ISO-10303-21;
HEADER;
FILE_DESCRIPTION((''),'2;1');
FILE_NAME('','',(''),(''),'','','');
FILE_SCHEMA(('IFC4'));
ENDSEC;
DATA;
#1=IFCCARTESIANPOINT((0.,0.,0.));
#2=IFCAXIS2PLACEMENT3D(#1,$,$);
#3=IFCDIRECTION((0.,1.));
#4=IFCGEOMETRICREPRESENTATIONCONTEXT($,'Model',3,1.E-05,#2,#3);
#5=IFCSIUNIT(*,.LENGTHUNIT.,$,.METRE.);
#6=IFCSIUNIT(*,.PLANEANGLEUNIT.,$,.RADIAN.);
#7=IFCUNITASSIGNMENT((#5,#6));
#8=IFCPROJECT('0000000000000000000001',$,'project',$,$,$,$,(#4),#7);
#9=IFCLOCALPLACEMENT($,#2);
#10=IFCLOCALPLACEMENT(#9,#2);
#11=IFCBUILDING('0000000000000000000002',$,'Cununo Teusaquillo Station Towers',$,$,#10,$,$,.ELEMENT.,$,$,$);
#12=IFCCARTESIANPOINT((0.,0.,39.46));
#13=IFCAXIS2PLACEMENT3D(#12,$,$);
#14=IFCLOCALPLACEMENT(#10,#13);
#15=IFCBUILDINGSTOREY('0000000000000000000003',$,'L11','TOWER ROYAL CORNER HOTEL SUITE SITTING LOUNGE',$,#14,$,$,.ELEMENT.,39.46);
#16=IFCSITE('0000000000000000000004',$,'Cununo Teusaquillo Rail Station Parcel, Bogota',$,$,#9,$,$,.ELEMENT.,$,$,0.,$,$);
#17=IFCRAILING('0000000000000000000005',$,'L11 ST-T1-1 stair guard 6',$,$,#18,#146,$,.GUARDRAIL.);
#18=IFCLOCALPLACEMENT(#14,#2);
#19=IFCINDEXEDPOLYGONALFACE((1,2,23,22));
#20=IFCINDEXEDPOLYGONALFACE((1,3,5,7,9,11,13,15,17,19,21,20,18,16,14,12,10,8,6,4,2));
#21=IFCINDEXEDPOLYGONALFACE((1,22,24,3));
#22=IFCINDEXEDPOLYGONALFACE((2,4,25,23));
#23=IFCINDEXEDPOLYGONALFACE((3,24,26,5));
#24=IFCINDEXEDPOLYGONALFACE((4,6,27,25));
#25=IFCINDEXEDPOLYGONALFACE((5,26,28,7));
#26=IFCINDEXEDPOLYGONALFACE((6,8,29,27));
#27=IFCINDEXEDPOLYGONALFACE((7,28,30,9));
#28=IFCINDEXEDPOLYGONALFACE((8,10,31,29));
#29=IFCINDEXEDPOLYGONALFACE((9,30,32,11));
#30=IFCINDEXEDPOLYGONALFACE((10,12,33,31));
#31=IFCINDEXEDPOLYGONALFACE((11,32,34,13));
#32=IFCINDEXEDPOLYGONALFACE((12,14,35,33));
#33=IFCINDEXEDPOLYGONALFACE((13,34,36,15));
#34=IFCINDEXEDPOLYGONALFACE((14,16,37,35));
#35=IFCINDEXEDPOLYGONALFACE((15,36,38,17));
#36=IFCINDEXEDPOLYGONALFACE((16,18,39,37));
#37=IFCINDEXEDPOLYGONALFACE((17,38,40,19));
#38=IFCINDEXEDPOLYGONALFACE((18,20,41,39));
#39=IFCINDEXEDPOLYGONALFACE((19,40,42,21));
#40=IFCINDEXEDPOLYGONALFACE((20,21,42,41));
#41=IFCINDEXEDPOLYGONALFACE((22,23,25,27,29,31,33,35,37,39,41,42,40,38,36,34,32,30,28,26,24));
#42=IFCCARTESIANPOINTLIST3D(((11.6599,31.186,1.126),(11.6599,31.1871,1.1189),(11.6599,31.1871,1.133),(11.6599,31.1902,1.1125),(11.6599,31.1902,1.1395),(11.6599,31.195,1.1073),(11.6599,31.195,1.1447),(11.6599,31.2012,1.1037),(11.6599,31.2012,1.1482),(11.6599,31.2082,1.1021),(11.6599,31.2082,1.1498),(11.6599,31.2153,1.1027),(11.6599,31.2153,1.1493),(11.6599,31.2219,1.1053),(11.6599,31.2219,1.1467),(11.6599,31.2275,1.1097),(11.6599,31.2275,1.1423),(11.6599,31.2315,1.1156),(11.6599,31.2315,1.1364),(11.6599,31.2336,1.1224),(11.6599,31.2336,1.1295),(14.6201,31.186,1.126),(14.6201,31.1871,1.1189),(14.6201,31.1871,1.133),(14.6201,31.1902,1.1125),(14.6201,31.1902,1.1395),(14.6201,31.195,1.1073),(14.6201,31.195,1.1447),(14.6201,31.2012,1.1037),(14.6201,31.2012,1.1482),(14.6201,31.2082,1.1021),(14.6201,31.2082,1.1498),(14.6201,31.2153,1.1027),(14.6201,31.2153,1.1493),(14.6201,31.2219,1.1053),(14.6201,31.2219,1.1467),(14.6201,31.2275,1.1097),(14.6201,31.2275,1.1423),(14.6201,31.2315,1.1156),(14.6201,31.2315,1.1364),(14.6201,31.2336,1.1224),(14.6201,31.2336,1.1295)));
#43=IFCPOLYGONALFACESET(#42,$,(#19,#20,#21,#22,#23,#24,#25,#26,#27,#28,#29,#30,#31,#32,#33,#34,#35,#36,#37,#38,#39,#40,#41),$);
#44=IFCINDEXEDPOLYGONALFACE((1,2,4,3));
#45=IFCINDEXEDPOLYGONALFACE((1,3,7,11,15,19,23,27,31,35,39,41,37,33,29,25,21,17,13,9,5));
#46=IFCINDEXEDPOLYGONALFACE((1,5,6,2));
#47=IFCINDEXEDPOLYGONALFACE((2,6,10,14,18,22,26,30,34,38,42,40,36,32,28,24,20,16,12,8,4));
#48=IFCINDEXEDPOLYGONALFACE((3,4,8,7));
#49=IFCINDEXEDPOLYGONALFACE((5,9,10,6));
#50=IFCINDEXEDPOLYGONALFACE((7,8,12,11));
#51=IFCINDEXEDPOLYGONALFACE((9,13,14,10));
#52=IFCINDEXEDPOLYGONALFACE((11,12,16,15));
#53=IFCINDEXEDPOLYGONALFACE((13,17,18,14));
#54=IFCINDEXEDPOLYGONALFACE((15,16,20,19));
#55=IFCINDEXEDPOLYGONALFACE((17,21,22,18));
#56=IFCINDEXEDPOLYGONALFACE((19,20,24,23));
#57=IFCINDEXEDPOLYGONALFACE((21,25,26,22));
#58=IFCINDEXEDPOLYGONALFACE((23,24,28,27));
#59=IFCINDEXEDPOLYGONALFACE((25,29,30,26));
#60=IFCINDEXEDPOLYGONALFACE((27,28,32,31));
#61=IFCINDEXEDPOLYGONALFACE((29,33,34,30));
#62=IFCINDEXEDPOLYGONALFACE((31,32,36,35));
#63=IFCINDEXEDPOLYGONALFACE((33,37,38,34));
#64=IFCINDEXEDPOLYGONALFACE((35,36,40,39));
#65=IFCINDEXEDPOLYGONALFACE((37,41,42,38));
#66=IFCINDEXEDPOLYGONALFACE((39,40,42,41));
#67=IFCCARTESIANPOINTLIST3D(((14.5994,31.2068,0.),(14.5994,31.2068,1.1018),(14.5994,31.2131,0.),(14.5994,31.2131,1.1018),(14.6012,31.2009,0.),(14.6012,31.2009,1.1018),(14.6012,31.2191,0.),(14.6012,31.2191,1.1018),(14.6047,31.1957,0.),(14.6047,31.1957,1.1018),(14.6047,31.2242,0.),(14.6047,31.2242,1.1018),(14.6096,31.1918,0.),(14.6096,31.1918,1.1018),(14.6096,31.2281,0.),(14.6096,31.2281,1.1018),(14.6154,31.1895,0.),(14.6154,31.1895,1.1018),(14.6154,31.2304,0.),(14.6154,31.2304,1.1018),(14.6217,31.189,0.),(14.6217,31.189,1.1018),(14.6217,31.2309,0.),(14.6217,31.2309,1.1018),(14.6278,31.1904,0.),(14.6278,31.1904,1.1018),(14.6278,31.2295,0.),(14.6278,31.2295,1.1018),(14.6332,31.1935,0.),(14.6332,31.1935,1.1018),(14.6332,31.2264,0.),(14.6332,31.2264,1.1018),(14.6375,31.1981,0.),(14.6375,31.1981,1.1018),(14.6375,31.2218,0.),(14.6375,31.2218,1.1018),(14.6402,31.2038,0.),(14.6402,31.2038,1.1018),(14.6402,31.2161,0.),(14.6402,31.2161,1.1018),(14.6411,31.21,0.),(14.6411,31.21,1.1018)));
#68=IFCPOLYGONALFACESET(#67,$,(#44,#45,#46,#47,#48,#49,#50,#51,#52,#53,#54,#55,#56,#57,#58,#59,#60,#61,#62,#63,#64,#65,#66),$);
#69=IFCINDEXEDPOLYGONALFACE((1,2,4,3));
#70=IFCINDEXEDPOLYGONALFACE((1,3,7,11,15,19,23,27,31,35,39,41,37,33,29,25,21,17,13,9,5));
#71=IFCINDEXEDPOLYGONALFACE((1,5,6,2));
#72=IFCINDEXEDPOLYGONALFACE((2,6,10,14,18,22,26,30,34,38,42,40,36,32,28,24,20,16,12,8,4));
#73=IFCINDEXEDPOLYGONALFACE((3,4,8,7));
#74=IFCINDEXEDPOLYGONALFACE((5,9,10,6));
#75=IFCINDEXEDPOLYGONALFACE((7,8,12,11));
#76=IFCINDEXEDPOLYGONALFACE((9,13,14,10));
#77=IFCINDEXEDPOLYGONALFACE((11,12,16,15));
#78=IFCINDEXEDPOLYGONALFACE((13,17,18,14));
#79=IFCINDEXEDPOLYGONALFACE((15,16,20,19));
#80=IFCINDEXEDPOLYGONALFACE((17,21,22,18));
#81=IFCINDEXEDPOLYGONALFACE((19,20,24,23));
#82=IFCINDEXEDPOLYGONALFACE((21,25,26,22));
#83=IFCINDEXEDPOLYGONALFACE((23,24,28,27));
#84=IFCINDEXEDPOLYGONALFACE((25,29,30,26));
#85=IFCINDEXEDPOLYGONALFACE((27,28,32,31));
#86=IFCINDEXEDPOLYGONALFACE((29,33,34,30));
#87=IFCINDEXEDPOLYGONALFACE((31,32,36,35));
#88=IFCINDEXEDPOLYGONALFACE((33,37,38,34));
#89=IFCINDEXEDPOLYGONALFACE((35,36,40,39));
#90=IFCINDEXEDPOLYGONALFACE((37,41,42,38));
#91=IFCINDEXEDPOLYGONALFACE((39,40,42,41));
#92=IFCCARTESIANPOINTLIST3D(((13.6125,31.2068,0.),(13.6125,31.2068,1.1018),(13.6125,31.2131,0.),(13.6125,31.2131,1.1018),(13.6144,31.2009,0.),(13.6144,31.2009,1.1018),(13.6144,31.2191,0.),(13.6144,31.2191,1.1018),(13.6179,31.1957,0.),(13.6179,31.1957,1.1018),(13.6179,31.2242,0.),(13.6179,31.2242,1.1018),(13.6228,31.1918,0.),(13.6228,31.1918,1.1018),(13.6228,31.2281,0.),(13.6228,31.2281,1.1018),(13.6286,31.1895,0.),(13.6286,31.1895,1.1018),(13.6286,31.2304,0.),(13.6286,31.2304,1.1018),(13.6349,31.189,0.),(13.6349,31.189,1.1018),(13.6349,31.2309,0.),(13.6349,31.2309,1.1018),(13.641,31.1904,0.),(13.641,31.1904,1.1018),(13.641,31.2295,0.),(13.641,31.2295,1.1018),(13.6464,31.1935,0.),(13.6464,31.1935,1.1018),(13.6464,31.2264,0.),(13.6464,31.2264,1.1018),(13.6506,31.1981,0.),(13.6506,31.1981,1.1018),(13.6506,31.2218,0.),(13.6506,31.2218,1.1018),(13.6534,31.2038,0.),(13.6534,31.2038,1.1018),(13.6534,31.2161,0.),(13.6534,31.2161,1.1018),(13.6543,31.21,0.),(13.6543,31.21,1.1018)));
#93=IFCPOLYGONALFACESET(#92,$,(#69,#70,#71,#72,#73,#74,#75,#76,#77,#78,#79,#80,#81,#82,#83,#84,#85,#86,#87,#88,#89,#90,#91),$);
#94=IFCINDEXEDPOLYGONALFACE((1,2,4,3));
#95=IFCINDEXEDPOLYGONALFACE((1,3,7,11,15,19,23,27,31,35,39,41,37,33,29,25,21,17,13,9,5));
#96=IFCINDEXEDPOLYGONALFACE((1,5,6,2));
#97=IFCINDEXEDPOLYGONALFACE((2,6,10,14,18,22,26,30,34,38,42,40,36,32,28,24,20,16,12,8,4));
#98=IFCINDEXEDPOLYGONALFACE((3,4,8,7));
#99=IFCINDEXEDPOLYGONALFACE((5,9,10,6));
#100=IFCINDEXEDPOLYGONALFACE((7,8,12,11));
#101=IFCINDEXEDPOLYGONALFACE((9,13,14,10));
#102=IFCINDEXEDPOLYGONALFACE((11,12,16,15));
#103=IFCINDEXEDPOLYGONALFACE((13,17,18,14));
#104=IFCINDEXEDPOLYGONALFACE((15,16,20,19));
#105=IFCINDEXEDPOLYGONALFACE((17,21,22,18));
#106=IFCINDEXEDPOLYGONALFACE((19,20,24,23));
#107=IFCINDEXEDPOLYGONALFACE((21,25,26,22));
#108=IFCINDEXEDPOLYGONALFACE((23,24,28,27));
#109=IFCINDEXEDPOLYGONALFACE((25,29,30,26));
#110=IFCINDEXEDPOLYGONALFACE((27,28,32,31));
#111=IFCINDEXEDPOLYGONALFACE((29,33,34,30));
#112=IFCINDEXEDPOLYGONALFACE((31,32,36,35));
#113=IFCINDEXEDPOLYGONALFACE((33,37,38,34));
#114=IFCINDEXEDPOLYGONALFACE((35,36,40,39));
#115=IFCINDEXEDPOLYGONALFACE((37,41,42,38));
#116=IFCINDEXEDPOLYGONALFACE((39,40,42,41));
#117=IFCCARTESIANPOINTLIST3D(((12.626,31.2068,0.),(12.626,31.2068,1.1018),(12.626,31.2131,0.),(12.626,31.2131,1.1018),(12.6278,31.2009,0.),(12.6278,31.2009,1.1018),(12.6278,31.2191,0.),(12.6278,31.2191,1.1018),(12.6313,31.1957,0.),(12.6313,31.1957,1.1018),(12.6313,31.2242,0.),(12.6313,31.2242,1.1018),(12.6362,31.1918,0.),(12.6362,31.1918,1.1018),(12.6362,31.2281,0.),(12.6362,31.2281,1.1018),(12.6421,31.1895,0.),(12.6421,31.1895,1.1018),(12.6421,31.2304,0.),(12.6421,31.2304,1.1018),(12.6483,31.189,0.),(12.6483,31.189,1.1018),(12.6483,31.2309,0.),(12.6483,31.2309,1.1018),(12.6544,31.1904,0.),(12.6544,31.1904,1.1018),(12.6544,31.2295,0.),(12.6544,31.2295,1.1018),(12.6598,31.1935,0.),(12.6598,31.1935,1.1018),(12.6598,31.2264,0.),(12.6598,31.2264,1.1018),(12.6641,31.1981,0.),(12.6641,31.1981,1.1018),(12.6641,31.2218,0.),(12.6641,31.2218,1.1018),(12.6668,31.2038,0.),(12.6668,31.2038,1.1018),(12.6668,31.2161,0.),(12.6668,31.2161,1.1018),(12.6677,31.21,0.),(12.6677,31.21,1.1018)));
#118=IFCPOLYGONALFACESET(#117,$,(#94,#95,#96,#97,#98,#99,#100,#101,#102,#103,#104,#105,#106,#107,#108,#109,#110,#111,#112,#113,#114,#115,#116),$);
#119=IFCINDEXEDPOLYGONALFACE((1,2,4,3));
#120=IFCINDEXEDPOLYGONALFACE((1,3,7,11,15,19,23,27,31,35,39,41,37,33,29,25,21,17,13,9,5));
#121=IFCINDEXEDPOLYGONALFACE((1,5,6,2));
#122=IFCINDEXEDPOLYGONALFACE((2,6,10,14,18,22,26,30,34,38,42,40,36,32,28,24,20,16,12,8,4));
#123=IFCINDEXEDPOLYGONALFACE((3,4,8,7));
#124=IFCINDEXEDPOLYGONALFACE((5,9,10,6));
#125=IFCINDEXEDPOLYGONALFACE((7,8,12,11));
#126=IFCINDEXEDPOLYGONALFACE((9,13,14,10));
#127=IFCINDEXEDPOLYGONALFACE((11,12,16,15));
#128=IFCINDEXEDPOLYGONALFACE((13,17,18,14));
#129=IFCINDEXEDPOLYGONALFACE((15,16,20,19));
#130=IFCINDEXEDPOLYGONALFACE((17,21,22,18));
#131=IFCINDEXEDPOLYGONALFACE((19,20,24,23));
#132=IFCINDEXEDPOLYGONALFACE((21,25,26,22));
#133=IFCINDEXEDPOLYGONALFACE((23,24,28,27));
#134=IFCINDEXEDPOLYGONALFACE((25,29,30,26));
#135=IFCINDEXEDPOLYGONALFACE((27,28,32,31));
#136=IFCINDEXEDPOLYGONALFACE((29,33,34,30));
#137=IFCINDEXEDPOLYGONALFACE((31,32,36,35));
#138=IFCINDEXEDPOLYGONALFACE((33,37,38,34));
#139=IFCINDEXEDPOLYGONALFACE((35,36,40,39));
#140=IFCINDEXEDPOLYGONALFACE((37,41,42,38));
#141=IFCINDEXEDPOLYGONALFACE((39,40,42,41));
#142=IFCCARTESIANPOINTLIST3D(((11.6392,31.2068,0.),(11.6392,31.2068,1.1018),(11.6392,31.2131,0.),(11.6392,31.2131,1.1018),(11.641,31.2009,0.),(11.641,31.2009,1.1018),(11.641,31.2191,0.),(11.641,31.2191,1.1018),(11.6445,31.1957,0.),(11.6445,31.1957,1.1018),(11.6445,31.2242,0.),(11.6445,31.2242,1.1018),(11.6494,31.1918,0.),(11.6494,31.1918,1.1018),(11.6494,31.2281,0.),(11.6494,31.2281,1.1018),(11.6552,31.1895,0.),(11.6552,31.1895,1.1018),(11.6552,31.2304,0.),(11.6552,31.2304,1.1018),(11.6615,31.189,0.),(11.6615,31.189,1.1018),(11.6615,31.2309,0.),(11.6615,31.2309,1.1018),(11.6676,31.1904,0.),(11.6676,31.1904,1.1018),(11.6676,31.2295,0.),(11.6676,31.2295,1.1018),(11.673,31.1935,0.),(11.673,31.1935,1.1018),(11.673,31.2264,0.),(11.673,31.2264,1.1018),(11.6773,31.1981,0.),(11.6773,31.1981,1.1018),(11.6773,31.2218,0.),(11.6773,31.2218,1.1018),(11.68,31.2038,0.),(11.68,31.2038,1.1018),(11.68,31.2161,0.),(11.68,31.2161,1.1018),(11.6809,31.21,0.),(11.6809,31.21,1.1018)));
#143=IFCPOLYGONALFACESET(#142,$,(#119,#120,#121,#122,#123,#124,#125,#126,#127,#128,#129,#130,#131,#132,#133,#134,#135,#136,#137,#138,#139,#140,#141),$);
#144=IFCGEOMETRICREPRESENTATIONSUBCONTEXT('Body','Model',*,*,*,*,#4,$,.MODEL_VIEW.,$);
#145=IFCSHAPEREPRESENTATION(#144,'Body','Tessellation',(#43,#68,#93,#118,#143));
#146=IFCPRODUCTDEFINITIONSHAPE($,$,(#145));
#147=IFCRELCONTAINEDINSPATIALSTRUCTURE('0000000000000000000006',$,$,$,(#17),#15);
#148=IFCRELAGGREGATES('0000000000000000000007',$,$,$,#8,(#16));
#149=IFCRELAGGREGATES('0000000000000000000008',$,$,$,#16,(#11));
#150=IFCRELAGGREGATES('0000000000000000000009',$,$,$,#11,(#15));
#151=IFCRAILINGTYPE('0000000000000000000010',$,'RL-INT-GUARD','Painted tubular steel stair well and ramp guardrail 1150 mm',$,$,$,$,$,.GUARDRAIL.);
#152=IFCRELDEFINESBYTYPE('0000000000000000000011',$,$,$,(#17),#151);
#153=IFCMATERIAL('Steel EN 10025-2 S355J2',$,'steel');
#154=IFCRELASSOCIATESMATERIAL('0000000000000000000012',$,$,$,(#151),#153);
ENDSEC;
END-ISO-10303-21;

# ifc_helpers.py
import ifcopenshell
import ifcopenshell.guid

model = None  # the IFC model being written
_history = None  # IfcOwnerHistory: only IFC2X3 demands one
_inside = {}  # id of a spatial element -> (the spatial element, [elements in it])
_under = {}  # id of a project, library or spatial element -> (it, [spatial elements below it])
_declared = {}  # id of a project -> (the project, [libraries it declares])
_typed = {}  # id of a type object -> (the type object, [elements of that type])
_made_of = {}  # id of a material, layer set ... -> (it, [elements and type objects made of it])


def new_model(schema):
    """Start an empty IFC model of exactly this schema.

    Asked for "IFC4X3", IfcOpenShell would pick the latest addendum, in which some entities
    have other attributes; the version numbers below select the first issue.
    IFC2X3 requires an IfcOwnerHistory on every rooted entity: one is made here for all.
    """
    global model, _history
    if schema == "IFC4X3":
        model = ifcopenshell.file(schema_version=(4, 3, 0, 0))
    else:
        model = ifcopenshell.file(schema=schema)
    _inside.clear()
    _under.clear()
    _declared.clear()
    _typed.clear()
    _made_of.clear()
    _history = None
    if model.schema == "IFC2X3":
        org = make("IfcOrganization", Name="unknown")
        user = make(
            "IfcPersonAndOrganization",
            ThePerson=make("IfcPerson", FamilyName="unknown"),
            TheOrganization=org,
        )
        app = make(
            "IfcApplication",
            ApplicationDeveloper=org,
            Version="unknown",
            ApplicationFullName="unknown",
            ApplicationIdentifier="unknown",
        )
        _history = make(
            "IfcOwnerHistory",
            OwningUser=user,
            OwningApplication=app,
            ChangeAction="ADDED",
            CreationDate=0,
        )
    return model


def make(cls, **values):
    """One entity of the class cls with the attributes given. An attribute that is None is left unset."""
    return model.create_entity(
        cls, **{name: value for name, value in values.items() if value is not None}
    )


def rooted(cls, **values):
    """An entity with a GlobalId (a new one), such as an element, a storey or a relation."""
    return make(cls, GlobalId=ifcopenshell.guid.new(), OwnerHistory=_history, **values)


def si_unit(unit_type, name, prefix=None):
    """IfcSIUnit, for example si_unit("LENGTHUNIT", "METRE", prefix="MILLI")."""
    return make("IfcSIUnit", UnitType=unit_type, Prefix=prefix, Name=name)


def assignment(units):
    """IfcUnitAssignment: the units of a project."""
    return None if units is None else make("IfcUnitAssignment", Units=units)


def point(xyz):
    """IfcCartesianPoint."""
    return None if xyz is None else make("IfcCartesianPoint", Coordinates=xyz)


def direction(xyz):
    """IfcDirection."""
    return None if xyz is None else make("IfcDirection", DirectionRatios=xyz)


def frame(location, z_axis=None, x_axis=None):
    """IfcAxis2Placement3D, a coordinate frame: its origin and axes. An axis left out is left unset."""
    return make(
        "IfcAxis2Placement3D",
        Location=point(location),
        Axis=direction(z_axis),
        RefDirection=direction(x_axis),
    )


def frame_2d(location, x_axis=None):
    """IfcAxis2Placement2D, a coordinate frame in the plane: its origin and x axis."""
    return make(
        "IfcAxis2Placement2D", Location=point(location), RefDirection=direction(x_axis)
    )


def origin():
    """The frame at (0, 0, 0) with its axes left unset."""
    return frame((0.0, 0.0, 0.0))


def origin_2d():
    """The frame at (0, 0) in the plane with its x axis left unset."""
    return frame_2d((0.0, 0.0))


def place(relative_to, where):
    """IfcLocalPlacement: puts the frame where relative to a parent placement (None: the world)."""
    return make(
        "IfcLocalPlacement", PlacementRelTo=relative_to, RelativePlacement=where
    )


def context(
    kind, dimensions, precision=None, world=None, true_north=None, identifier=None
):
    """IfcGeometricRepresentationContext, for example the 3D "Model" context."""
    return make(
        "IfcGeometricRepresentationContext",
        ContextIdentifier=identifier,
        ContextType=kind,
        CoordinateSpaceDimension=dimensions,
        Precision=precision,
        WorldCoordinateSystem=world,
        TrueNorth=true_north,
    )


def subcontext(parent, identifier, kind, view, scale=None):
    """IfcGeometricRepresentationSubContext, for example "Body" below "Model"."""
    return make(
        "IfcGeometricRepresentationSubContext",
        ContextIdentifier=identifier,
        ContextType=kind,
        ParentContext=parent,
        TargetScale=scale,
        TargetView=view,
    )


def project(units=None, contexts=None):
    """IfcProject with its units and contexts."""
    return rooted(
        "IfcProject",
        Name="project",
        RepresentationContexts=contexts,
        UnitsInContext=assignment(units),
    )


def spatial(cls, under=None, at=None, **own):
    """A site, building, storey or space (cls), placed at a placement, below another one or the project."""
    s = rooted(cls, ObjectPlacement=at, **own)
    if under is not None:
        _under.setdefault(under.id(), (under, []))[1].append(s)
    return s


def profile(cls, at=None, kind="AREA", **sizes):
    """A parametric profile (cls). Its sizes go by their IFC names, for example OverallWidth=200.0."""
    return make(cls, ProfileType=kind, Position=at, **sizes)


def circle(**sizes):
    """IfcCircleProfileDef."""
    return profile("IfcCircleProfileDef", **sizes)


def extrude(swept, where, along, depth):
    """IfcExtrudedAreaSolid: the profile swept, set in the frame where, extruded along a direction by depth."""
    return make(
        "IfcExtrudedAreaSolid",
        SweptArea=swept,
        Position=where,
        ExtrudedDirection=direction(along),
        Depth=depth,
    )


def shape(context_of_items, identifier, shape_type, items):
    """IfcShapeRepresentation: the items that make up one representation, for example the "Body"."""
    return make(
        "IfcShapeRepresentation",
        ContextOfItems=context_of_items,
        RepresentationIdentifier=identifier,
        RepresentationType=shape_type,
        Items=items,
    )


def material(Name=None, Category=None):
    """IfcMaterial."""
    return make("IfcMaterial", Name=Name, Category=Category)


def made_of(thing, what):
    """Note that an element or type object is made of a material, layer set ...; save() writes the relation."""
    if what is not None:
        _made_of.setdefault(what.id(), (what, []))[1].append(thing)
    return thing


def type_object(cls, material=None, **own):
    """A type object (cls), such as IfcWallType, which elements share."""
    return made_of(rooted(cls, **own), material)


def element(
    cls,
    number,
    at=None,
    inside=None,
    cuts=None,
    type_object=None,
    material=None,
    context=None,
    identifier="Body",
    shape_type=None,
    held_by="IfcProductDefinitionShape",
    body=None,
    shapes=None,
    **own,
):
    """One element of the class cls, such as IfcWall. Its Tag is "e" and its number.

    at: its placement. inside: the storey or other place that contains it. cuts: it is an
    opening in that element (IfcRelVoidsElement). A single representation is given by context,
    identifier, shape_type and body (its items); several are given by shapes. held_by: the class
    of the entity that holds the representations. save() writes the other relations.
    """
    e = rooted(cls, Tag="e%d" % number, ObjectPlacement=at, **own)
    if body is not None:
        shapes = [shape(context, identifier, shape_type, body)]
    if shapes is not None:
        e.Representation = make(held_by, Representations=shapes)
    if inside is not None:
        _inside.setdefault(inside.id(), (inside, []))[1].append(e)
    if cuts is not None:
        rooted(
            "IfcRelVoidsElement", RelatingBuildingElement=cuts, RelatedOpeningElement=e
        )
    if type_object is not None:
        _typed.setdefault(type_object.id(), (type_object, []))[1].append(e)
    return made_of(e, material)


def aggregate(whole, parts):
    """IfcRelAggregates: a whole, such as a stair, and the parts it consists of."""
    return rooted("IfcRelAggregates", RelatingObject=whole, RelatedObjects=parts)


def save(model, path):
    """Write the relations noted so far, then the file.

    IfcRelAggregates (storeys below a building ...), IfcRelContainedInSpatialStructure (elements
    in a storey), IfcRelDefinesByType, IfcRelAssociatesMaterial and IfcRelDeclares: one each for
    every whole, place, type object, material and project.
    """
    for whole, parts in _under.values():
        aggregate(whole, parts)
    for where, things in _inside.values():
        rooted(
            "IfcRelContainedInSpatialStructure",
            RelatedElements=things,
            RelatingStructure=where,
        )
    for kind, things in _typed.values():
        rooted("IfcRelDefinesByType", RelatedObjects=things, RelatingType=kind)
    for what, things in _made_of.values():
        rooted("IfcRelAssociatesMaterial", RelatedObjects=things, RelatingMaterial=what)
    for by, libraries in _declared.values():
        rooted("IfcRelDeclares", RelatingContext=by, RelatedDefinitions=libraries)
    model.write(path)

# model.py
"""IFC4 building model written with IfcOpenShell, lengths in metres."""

from ifc_helpers import new_model, si_unit, direction, frame, origin, origin_2d, place, context, subcontext, project, spatial, circle, extrude, material, type_object, element, save


model = new_model("IFC4")

# Units and contexts
model_context = context("Model", 3, precision=1e-05, world=origin(), true_north=direction((0.0, 1.0)))
body_context = subcontext(model_context, "Body", "Model", "MODEL_VIEW")
ifc_project = project(units=[si_unit("LENGTHUNIT", "METRE"), si_unit("PLANEANGLEUNIT", "RADIAN")], contexts=[model_context])

# Site, building, storey
site_placement = place(None, origin())
site = spatial("IfcSite", under=ifc_project, at=site_placement, Name="Cununo Teusaquillo Rail Station Parcel, Bogota", CompositionType="ELEMENT", RefElevation=0.0)
building_placement = place(site_placement, origin())
building = spatial("IfcBuilding", under=site, at=building_placement, Name="Cununo Teusaquillo Station Towers", CompositionType="ELEMENT")
storey_placement = place(building_placement, frame((0.0, 0.0, 39.46)))
storey = spatial("IfcBuildingStorey", under=building, at=storey_placement, Name="L11", Description="TOWER ROYAL CORNER HOTEL SUITE SITTING LOUNGE", CompositionType="ELEMENT", Elevation=39.46)

# Railing
ifc_material_1 = material(Name="Steel EN 10025-2 S355J2", Category="steel")
railing_type_1 = type_object("IfcRailingType", Name="RL-INT-GUARD", Description="Painted tubular steel stair well and ramp guardrail 1150 mm", PredefinedType="GUARDRAIL", material=ifc_material_1)
railing_1_placement = place(storey_placement, frame((14.6201, 31.21, 0.0)))
element("IfcRailing", 1, at=railing_1_placement, inside=storey, type_object=railing_type_1, Name="L11 ST-T1-1 stair guard 6", PredefinedType="GUARDRAIL", context=body_context, shape_type="SweptSolid", body=[
    extrude(circle(Radius=0.0239, at=origin_2d()), frame((0.0, 0.0, 1.126), z_axis=(-1.0, 0.0, 0.0), x_axis=(0.0, -1.0, 0.0)), (0.0, 0.0, 1.0), 2.9602),
    extrude(circle(Radius=0.021, at=origin_2d()), origin(), (0.0, 0.0, 1.0), 1.1018),
    extrude(circle(Radius=0.021, at=origin_2d()), frame((-0.9868, 0.0, 0.0)), (0.0, 0.0, 1.0), 1.1018),
    extrude(circle(Radius=0.021, at=origin_2d()), frame((-1.9734, 0.0, 0.0)), (0.0, 0.0, 1.0), 1.1018),
    extrude(circle(Radius=0.021, at=origin_2d()), frame((-2.9602, 0.0, 0.0)), (0.0, 0.0, 1.0), 1.1018),
])

save(model, "model.ifc")
